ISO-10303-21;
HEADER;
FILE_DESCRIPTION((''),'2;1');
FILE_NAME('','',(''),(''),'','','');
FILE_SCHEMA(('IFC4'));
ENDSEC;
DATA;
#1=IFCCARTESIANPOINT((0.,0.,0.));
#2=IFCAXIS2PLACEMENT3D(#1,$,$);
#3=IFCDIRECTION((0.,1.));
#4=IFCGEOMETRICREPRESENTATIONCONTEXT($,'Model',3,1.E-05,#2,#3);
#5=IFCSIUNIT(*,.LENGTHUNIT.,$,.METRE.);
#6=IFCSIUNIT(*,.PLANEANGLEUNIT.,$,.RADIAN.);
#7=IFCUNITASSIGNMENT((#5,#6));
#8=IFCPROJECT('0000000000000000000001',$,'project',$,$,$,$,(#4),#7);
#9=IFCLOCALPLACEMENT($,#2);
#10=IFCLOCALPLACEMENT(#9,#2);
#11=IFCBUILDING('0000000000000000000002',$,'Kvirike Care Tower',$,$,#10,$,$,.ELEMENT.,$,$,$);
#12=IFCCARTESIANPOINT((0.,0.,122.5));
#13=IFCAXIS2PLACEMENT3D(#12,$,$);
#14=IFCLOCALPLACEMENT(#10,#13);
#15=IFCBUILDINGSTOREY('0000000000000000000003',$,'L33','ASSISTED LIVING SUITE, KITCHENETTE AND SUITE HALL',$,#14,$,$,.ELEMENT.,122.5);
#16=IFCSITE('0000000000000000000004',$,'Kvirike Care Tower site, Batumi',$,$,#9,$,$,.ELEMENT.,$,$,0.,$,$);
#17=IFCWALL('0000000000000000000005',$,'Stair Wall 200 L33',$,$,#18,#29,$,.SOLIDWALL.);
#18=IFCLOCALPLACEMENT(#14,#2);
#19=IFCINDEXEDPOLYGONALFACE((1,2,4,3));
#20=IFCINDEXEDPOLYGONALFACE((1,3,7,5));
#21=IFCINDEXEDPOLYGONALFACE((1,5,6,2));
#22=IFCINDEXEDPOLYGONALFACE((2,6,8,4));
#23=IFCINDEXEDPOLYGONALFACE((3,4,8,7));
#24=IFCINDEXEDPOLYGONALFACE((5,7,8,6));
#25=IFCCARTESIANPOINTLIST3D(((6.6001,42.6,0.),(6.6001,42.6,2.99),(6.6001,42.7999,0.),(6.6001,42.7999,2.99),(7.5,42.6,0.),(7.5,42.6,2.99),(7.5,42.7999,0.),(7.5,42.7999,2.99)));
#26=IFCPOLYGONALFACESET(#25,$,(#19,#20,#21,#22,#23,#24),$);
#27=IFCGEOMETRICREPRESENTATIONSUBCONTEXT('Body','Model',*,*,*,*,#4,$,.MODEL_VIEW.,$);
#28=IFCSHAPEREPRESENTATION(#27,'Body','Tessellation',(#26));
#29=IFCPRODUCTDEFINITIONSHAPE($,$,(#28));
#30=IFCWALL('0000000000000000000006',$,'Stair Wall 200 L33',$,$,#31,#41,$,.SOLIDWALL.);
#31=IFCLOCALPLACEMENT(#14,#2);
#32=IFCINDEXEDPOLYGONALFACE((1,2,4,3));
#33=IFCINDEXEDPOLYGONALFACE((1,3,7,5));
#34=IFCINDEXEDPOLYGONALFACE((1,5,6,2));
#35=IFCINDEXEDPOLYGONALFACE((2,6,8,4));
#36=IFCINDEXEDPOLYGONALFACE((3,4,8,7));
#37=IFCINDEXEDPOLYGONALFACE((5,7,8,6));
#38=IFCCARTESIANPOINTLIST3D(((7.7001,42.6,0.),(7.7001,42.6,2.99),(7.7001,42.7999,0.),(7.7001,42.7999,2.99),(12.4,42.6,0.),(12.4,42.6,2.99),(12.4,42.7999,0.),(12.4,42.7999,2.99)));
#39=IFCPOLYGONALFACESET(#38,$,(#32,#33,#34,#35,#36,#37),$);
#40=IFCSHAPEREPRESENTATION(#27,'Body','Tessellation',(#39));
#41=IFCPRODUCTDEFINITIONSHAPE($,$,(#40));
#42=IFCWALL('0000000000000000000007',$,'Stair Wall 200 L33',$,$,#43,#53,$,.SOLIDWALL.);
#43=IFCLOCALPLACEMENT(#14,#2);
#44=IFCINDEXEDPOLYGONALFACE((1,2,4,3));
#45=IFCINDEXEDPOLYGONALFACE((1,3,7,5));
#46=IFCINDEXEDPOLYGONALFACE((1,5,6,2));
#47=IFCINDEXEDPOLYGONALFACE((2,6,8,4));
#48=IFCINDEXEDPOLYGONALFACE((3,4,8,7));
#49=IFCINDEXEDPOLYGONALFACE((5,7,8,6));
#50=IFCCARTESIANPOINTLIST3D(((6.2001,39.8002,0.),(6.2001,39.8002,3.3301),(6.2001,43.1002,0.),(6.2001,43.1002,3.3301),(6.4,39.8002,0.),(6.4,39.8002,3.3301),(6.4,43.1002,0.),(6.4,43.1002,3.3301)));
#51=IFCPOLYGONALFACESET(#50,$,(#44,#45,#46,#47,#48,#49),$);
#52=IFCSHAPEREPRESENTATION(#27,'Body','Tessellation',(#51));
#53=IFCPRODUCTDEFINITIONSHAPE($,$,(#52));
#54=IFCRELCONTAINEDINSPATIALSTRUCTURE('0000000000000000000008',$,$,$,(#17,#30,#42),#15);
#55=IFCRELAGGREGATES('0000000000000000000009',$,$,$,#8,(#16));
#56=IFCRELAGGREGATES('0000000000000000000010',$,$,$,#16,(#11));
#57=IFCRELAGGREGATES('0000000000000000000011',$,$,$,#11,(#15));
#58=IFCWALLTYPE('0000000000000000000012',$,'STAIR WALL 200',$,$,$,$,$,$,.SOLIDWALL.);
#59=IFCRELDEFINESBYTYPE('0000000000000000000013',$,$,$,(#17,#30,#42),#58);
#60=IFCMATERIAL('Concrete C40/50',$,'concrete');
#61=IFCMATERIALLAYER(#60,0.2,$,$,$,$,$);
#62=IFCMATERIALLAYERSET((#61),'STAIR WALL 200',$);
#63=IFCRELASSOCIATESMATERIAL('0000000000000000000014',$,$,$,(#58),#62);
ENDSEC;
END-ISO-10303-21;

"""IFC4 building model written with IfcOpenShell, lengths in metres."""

from ifc_helpers import new_model, si_unit, direction, frame, frame_2d, origin, place, context, subcontext, project, spatial, rectangle, extrude, material, layer, layer_set, type_object, element, save


model = new_model("IFC4")

# Units and contexts
model_context = context("Model", 3, precision=1e-05, world=origin(), true_north=direction((0.0, 1.0)))
body_context = subcontext(model_context, "Body", "Model", "MODEL_VIEW")
ifc_project = project(units=[si_unit("LENGTHUNIT", "METRE"), si_unit("PLANEANGLEUNIT", "RADIAN")], contexts=[model_context])

# Site, building, storey
site_placement = place(None, origin())
site = spatial("IfcSite", under=ifc_project, at=site_placement, Name="Kvirike Care Tower site, Batumi", CompositionType="ELEMENT", RefElevation=0.0)
building_placement = place(site_placement, origin())
building = spatial("IfcBuilding", under=site, at=building_placement, Name="Kvirike Care Tower", CompositionType="ELEMENT")
storey_placement = place(building_placement, frame((0.0, 0.0, 122.5)))
storey = spatial("IfcBuildingStorey", under=building, at=storey_placement, Name="L33", Description="ASSISTED LIVING SUITE, KITCHENETTE AND SUITE HALL", CompositionType="ELEMENT", Elevation=122.5)

# Walls
ifc_material_1 = material(Name="Concrete C40/50", Category="concrete")
ifc_layer_1 = layer(ifc_material_1, 0.2)
ifc_layer_set_1 = layer_set([ifc_layer_1], Name="STAIR WALL 200")
wall_type_1 = type_object("IfcWallType", Name="STAIR WALL 200", PredefinedType="SOLIDWALL", material=ifc_layer_set_1)
wall_1_placement = place(storey_placement, frame((6.6001, 42.7, 0.0), z_axis=(0.0, 0.0, 1.0), x_axis=(1.0, 0.0, 0.0)))
element("IfcWall", 1, at=wall_1_placement, inside=storey, type_object=wall_type_1, Name="Stair Wall 200 L33", PredefinedType="SOLIDWALL", context=body_context, shape_type="SweptSolid", body=[
    extrude(rectangle(XDim=0.8999, YDim=0.2, at=frame_2d((0.45, 0.0))), origin(), (0.0, 0.0, 1.0), 2.99),
])
wall_2_placement = place(storey_placement, frame((7.7, 42.7, 0.0), z_axis=(0.0, 0.0, 1.0), x_axis=(1.0, 0.0, 0.0)))
element("IfcWall", 2, at=wall_2_placement, inside=storey, type_object=wall_type_1, Name="Stair Wall 200 L33", PredefinedType="SOLIDWALL", context=body_context, shape_type="SweptSolid", body=[
    extrude(rectangle(XDim=4.7, YDim=0.2, at=frame_2d((2.3501, 0.0))), origin(), (0.0, 0.0, 1.0), 2.99),
])
wall_3_placement = place(storey_placement, frame((6.3, 43.1001, 0.0), z_axis=(0.0, 0.0, 1.0), x_axis=(0.0, -1.0, 0.0)))
element("IfcWall", 3, at=wall_3_placement, inside=storey, type_object=wall_type_1, Name="Stair Wall 200 L33", PredefinedType="SOLIDWALL", context=body_context, shape_type="SweptSolid", body=[
    extrude(rectangle(XDim=3.3, YDim=0.2, at=frame_2d((1.6499, 0.0))), origin(), (0.0, 0.0, 1.0), 3.3301),
])

save(model, "model.ifc")
